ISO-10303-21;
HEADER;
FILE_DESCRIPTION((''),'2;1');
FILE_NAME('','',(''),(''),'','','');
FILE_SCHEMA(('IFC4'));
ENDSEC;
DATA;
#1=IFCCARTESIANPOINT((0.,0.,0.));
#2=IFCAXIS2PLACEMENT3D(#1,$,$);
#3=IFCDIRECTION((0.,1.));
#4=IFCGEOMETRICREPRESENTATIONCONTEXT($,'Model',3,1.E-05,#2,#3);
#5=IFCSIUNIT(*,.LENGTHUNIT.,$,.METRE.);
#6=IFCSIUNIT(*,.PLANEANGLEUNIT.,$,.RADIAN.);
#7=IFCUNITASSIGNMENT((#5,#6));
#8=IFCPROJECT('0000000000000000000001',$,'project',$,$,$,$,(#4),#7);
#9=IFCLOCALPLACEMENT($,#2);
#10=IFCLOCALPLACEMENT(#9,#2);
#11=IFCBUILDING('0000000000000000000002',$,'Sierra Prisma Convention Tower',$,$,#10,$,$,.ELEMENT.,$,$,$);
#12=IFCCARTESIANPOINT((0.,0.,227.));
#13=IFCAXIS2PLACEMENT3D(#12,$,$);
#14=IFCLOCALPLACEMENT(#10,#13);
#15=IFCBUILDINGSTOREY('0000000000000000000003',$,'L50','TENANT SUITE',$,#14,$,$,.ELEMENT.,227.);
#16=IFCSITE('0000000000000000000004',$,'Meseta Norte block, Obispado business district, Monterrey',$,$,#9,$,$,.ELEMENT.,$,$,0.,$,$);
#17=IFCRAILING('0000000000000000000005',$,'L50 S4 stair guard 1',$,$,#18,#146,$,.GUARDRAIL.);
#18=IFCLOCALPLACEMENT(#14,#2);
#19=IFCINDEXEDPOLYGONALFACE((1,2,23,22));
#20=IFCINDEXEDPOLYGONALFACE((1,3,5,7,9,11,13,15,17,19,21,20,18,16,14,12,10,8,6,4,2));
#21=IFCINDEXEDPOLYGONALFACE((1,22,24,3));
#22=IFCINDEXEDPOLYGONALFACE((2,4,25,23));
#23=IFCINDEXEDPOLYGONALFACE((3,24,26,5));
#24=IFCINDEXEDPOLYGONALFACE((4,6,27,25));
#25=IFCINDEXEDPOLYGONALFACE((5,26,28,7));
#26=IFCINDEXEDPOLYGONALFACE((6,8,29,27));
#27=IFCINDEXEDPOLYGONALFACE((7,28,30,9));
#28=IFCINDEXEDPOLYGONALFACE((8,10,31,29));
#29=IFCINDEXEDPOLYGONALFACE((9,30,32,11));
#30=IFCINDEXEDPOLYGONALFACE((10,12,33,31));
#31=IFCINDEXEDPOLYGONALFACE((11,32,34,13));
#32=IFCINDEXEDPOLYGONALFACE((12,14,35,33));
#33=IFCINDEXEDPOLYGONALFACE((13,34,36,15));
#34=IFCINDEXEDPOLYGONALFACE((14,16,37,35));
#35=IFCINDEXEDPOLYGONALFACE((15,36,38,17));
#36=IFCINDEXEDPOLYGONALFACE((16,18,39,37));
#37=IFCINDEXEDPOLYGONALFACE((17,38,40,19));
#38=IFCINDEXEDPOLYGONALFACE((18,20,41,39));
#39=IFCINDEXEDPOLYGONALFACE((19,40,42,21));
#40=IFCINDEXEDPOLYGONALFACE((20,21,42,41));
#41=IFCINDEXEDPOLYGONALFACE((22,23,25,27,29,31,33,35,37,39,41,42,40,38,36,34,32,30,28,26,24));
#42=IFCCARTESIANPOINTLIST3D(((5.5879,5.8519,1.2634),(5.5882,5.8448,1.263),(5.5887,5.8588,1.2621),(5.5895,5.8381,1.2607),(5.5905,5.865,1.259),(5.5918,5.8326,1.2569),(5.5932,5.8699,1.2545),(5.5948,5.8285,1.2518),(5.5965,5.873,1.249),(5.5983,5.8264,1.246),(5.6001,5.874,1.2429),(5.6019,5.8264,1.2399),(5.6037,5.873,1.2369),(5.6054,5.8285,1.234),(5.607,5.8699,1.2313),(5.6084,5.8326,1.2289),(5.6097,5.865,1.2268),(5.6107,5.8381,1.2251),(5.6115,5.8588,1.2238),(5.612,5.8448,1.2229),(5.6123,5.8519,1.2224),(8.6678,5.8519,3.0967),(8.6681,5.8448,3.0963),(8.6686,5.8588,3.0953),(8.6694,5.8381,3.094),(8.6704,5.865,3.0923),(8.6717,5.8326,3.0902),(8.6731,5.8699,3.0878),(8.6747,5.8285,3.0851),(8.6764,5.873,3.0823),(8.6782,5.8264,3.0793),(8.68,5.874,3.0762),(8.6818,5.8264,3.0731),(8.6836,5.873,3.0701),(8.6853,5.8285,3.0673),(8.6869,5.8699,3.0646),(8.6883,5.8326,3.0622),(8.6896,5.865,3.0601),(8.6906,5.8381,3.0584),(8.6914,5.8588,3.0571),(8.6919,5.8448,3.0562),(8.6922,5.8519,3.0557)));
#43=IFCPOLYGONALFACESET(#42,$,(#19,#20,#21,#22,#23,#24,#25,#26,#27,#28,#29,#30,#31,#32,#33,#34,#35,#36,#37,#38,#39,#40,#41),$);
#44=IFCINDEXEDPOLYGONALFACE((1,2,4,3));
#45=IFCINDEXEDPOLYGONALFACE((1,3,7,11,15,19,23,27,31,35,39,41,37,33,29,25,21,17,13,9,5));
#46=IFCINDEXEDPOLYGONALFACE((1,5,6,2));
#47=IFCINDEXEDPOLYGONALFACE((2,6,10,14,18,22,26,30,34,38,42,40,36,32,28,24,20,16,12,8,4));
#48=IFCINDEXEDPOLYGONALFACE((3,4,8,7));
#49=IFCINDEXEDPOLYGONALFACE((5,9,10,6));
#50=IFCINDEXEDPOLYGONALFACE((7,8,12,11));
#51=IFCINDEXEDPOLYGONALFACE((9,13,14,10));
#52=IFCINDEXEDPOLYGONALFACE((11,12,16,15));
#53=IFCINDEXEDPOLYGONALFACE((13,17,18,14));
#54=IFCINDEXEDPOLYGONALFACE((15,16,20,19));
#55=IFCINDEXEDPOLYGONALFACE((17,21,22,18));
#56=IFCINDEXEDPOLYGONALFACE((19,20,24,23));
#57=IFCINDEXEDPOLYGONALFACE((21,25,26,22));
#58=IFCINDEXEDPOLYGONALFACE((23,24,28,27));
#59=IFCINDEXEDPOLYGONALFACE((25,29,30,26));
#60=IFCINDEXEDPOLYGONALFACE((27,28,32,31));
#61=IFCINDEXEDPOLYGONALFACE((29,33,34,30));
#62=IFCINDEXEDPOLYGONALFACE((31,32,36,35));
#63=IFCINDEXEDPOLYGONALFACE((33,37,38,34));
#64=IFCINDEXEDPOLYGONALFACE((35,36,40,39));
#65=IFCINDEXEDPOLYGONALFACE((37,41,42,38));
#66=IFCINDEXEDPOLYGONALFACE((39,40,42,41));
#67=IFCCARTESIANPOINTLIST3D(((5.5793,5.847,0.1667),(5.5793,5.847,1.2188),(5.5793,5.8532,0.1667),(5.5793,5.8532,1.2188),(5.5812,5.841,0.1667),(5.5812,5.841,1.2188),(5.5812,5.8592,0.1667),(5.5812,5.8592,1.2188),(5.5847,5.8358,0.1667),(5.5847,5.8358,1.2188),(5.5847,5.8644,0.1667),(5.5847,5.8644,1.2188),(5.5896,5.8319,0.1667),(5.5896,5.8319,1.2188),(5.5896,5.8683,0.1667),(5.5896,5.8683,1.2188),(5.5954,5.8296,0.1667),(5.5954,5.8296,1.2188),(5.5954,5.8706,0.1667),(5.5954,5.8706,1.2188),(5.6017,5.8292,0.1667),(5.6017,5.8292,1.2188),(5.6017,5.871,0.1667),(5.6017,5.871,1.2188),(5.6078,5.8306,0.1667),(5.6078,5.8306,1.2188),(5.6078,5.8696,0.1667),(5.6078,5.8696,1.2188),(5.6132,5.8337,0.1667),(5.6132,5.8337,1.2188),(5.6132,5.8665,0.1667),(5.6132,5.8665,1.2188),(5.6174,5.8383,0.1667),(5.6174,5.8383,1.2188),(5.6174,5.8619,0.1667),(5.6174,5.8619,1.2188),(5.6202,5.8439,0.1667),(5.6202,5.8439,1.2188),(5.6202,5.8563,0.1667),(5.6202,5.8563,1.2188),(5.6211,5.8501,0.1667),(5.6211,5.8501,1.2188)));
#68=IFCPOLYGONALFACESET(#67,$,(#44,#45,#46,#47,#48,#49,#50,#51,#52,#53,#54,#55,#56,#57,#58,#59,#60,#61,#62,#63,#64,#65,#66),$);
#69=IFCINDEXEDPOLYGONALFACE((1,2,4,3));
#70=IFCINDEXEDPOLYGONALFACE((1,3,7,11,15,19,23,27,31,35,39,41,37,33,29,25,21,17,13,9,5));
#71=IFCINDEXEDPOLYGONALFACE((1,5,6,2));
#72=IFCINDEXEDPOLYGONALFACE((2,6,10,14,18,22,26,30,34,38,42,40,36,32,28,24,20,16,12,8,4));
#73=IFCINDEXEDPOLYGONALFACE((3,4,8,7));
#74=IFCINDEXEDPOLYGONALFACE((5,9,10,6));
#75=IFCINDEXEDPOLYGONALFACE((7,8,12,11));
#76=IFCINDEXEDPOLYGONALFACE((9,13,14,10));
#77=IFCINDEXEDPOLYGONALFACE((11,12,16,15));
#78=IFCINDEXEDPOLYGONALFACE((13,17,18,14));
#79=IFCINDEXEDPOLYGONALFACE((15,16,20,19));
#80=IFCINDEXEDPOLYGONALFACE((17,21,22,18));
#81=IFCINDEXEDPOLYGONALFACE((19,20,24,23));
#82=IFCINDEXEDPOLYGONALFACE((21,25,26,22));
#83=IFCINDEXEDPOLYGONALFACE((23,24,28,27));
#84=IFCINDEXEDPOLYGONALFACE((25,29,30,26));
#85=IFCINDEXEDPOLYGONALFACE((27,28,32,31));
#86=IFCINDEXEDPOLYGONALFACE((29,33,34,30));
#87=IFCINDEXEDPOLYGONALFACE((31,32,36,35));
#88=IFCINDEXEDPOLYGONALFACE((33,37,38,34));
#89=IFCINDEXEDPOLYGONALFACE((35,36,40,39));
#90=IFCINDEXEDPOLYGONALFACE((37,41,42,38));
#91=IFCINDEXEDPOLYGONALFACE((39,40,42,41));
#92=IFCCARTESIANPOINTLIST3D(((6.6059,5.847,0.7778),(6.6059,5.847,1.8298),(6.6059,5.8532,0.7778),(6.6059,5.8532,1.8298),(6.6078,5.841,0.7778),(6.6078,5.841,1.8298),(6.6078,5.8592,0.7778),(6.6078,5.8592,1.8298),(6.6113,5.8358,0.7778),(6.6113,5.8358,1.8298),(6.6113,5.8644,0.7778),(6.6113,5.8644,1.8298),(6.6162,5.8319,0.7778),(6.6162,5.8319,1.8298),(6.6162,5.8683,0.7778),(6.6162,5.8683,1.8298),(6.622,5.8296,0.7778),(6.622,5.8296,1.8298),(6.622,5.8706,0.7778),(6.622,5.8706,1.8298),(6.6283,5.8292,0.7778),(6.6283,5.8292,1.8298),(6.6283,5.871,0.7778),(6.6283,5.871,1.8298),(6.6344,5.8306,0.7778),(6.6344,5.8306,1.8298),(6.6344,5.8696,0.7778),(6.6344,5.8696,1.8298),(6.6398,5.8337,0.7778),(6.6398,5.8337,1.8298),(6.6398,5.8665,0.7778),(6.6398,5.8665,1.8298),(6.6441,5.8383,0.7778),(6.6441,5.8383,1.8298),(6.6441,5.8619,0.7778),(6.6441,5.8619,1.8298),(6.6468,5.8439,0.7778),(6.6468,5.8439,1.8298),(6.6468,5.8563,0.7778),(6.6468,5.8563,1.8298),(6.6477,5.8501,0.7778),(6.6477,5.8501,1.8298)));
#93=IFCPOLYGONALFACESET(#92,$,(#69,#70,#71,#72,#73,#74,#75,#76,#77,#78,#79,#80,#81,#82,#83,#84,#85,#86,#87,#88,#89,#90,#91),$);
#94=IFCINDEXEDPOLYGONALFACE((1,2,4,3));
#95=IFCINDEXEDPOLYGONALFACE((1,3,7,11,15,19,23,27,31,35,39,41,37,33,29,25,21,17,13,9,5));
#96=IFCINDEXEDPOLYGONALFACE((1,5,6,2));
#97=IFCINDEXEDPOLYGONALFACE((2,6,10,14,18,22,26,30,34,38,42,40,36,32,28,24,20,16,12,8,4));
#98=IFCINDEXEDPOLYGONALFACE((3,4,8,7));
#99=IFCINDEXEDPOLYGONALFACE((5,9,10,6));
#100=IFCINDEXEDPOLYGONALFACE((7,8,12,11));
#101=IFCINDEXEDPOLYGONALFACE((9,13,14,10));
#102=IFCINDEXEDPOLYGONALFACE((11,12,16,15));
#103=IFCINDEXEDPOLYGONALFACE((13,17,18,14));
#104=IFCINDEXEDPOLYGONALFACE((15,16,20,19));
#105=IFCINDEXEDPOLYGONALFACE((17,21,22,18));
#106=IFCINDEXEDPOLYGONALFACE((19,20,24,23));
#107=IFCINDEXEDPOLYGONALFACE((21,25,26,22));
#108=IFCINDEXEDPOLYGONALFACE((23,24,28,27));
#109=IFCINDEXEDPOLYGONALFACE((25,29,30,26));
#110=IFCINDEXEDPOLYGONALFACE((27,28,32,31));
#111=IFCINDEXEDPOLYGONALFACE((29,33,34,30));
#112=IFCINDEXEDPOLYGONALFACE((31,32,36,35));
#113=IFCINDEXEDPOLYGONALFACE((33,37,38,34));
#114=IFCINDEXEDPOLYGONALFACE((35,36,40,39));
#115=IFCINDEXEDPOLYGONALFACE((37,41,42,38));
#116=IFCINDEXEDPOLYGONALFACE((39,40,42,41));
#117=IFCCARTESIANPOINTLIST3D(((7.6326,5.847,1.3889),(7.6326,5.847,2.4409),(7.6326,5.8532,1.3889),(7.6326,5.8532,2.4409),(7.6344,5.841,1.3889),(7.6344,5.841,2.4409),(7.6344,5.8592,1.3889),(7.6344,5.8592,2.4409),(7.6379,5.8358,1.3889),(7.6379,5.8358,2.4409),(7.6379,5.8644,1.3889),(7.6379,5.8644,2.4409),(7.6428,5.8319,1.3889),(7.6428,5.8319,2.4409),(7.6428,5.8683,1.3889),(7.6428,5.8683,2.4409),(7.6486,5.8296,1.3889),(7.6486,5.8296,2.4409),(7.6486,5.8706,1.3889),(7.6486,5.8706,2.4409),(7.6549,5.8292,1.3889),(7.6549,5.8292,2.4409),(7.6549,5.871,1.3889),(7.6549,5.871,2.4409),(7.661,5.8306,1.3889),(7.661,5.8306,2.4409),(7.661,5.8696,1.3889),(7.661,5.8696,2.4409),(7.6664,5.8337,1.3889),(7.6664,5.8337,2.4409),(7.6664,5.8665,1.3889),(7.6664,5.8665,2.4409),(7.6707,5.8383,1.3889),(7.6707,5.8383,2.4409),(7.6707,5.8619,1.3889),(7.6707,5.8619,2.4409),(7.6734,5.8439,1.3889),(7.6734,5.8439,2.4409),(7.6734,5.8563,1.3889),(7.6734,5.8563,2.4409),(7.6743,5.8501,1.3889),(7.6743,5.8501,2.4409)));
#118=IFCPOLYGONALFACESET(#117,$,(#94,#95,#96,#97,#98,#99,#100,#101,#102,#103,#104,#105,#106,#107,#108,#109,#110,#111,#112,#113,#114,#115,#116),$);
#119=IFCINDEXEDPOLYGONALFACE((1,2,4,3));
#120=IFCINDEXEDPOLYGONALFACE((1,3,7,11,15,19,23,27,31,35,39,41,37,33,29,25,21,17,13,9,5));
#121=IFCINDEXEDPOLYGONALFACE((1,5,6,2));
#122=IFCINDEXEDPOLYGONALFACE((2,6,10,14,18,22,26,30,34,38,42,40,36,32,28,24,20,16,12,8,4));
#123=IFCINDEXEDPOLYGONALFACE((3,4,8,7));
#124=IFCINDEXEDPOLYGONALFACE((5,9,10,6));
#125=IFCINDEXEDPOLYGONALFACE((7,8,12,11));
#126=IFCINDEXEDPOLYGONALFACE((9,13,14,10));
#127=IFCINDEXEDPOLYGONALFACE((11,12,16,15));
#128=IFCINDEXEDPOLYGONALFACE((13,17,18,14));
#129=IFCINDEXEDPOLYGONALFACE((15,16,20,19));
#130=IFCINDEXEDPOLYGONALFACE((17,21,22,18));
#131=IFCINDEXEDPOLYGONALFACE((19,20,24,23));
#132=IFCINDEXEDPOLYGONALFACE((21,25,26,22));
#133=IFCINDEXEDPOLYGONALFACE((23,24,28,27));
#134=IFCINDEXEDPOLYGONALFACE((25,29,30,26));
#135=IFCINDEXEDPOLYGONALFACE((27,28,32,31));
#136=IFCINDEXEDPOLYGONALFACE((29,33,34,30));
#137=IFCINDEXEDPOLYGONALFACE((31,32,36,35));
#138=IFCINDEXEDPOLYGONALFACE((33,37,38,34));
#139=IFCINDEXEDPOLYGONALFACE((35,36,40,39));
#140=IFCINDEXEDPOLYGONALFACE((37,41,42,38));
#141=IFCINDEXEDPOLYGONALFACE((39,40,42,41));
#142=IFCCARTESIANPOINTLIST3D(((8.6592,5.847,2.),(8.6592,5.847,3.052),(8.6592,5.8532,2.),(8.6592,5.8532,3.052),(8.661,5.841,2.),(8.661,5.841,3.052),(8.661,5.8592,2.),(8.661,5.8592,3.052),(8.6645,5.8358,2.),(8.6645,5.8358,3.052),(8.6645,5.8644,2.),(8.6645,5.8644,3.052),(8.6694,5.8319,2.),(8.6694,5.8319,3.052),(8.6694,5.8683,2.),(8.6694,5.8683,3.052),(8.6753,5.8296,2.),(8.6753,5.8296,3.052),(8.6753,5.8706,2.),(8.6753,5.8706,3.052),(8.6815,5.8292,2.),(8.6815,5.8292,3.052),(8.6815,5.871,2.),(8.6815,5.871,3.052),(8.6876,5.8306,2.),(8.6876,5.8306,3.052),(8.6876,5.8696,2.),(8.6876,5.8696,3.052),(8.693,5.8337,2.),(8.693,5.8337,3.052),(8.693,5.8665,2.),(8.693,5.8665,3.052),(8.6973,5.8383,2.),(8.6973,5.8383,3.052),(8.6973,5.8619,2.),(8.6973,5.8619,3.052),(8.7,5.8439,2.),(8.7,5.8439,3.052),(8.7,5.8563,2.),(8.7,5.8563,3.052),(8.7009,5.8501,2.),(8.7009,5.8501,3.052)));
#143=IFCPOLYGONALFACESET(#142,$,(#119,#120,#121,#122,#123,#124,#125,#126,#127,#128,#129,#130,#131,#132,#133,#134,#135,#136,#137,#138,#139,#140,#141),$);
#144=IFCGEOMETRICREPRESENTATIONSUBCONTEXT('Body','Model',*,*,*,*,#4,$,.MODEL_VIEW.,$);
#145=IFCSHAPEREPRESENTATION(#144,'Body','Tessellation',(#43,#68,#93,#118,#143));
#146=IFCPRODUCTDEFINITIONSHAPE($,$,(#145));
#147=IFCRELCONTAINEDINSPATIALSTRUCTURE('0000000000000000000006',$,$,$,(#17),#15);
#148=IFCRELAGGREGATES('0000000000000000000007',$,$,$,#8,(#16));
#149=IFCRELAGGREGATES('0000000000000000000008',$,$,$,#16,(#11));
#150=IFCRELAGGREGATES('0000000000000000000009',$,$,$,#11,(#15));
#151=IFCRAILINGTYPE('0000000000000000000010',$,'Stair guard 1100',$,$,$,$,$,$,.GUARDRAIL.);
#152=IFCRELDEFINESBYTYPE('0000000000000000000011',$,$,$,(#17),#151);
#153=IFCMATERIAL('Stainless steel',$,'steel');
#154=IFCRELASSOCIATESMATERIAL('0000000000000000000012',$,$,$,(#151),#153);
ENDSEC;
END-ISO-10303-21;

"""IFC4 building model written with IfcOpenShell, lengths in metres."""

from ifc_helpers import new_model, si_unit, direction, frame, origin, origin_2d, place, context, subcontext, project, spatial, circle, extrude, material, type_object, element, save


model = new_model("IFC4")

# Units and contexts
model_context = context("Model", 3, precision=1e-05, world=origin(), true_north=direction((0.0, 1.0)))
body_context = subcontext(model_context, "Body", "Model", "MODEL_VIEW")
ifc_project = project(units=[si_unit("LENGTHUNIT", "METRE"), si_unit("PLANEANGLEUNIT", "RADIAN")], contexts=[model_context])

# Site, building, storey
site_placement = place(None, origin())
site = spatial("IfcSite", under=ifc_project, at=site_placement, Name="Meseta Norte block, Obispado business district, Monterrey", CompositionType="ELEMENT", RefElevation=0.0)
building_placement = place(site_placement, origin())
building = spatial("IfcBuilding", under=site, at=building_placement, Name="Sierra Prisma Convention Tower", CompositionType="ELEMENT")
storey_placement = place(building_placement, frame((0.0, 0.0, 227.0)))
storey = spatial("IfcBuildingStorey", under=building, at=storey_placement, Name="L50", Description="TENANT SUITE", CompositionType="ELEMENT", Elevation=227.0)

# Railing
ifc_material_1 = material(Name="Stainless steel", Category="steel")
railing_type_1 = type_object("IfcRailingType", Name="Stair guard 1100", PredefinedType="GUARDRAIL", material=ifc_material_1)
railing_1_placement = place(storey_placement, frame((5.6001, 5.8501, 0.1667)))
element("IfcRailing", 1, at=railing_1_placement, inside=storey, type_object=railing_type_1, Name="L50 S4 stair guard 1", PredefinedType="GUARDRAIL", context=body_context, shape_type="SweptSolid", body=[
    extrude(circle(Radius=0.0239, at=origin_2d()), frame((0.0, 0.0, 1.0762), z_axis=(0.859291, 0.0, 0.511487), x_axis=(0.0, 1.0, 0.0)), (0.0, 0.0, 1.0), 3.5842),
    extrude(circle(Radius=0.021, at=origin_2d()), origin(), (0.0, 0.0, 1.0), 1.052),
    extrude(circle(Radius=0.021, at=origin_2d()), frame((1.0266, 0.0, 0.6111)), (0.0, 0.0, 1.0), 1.052),
    extrude(circle(Radius=0.021, at=origin_2d()), frame((2.0532, 0.0, 1.2222)), (0.0, 0.0, 1.0), 1.052),
    extrude(circle(Radius=0.021, at=origin_2d()), frame((3.0798, 0.0, 1.8333)), (0.0, 0.0, 1.0), 1.052),
])

save(model, "model.ifc")
